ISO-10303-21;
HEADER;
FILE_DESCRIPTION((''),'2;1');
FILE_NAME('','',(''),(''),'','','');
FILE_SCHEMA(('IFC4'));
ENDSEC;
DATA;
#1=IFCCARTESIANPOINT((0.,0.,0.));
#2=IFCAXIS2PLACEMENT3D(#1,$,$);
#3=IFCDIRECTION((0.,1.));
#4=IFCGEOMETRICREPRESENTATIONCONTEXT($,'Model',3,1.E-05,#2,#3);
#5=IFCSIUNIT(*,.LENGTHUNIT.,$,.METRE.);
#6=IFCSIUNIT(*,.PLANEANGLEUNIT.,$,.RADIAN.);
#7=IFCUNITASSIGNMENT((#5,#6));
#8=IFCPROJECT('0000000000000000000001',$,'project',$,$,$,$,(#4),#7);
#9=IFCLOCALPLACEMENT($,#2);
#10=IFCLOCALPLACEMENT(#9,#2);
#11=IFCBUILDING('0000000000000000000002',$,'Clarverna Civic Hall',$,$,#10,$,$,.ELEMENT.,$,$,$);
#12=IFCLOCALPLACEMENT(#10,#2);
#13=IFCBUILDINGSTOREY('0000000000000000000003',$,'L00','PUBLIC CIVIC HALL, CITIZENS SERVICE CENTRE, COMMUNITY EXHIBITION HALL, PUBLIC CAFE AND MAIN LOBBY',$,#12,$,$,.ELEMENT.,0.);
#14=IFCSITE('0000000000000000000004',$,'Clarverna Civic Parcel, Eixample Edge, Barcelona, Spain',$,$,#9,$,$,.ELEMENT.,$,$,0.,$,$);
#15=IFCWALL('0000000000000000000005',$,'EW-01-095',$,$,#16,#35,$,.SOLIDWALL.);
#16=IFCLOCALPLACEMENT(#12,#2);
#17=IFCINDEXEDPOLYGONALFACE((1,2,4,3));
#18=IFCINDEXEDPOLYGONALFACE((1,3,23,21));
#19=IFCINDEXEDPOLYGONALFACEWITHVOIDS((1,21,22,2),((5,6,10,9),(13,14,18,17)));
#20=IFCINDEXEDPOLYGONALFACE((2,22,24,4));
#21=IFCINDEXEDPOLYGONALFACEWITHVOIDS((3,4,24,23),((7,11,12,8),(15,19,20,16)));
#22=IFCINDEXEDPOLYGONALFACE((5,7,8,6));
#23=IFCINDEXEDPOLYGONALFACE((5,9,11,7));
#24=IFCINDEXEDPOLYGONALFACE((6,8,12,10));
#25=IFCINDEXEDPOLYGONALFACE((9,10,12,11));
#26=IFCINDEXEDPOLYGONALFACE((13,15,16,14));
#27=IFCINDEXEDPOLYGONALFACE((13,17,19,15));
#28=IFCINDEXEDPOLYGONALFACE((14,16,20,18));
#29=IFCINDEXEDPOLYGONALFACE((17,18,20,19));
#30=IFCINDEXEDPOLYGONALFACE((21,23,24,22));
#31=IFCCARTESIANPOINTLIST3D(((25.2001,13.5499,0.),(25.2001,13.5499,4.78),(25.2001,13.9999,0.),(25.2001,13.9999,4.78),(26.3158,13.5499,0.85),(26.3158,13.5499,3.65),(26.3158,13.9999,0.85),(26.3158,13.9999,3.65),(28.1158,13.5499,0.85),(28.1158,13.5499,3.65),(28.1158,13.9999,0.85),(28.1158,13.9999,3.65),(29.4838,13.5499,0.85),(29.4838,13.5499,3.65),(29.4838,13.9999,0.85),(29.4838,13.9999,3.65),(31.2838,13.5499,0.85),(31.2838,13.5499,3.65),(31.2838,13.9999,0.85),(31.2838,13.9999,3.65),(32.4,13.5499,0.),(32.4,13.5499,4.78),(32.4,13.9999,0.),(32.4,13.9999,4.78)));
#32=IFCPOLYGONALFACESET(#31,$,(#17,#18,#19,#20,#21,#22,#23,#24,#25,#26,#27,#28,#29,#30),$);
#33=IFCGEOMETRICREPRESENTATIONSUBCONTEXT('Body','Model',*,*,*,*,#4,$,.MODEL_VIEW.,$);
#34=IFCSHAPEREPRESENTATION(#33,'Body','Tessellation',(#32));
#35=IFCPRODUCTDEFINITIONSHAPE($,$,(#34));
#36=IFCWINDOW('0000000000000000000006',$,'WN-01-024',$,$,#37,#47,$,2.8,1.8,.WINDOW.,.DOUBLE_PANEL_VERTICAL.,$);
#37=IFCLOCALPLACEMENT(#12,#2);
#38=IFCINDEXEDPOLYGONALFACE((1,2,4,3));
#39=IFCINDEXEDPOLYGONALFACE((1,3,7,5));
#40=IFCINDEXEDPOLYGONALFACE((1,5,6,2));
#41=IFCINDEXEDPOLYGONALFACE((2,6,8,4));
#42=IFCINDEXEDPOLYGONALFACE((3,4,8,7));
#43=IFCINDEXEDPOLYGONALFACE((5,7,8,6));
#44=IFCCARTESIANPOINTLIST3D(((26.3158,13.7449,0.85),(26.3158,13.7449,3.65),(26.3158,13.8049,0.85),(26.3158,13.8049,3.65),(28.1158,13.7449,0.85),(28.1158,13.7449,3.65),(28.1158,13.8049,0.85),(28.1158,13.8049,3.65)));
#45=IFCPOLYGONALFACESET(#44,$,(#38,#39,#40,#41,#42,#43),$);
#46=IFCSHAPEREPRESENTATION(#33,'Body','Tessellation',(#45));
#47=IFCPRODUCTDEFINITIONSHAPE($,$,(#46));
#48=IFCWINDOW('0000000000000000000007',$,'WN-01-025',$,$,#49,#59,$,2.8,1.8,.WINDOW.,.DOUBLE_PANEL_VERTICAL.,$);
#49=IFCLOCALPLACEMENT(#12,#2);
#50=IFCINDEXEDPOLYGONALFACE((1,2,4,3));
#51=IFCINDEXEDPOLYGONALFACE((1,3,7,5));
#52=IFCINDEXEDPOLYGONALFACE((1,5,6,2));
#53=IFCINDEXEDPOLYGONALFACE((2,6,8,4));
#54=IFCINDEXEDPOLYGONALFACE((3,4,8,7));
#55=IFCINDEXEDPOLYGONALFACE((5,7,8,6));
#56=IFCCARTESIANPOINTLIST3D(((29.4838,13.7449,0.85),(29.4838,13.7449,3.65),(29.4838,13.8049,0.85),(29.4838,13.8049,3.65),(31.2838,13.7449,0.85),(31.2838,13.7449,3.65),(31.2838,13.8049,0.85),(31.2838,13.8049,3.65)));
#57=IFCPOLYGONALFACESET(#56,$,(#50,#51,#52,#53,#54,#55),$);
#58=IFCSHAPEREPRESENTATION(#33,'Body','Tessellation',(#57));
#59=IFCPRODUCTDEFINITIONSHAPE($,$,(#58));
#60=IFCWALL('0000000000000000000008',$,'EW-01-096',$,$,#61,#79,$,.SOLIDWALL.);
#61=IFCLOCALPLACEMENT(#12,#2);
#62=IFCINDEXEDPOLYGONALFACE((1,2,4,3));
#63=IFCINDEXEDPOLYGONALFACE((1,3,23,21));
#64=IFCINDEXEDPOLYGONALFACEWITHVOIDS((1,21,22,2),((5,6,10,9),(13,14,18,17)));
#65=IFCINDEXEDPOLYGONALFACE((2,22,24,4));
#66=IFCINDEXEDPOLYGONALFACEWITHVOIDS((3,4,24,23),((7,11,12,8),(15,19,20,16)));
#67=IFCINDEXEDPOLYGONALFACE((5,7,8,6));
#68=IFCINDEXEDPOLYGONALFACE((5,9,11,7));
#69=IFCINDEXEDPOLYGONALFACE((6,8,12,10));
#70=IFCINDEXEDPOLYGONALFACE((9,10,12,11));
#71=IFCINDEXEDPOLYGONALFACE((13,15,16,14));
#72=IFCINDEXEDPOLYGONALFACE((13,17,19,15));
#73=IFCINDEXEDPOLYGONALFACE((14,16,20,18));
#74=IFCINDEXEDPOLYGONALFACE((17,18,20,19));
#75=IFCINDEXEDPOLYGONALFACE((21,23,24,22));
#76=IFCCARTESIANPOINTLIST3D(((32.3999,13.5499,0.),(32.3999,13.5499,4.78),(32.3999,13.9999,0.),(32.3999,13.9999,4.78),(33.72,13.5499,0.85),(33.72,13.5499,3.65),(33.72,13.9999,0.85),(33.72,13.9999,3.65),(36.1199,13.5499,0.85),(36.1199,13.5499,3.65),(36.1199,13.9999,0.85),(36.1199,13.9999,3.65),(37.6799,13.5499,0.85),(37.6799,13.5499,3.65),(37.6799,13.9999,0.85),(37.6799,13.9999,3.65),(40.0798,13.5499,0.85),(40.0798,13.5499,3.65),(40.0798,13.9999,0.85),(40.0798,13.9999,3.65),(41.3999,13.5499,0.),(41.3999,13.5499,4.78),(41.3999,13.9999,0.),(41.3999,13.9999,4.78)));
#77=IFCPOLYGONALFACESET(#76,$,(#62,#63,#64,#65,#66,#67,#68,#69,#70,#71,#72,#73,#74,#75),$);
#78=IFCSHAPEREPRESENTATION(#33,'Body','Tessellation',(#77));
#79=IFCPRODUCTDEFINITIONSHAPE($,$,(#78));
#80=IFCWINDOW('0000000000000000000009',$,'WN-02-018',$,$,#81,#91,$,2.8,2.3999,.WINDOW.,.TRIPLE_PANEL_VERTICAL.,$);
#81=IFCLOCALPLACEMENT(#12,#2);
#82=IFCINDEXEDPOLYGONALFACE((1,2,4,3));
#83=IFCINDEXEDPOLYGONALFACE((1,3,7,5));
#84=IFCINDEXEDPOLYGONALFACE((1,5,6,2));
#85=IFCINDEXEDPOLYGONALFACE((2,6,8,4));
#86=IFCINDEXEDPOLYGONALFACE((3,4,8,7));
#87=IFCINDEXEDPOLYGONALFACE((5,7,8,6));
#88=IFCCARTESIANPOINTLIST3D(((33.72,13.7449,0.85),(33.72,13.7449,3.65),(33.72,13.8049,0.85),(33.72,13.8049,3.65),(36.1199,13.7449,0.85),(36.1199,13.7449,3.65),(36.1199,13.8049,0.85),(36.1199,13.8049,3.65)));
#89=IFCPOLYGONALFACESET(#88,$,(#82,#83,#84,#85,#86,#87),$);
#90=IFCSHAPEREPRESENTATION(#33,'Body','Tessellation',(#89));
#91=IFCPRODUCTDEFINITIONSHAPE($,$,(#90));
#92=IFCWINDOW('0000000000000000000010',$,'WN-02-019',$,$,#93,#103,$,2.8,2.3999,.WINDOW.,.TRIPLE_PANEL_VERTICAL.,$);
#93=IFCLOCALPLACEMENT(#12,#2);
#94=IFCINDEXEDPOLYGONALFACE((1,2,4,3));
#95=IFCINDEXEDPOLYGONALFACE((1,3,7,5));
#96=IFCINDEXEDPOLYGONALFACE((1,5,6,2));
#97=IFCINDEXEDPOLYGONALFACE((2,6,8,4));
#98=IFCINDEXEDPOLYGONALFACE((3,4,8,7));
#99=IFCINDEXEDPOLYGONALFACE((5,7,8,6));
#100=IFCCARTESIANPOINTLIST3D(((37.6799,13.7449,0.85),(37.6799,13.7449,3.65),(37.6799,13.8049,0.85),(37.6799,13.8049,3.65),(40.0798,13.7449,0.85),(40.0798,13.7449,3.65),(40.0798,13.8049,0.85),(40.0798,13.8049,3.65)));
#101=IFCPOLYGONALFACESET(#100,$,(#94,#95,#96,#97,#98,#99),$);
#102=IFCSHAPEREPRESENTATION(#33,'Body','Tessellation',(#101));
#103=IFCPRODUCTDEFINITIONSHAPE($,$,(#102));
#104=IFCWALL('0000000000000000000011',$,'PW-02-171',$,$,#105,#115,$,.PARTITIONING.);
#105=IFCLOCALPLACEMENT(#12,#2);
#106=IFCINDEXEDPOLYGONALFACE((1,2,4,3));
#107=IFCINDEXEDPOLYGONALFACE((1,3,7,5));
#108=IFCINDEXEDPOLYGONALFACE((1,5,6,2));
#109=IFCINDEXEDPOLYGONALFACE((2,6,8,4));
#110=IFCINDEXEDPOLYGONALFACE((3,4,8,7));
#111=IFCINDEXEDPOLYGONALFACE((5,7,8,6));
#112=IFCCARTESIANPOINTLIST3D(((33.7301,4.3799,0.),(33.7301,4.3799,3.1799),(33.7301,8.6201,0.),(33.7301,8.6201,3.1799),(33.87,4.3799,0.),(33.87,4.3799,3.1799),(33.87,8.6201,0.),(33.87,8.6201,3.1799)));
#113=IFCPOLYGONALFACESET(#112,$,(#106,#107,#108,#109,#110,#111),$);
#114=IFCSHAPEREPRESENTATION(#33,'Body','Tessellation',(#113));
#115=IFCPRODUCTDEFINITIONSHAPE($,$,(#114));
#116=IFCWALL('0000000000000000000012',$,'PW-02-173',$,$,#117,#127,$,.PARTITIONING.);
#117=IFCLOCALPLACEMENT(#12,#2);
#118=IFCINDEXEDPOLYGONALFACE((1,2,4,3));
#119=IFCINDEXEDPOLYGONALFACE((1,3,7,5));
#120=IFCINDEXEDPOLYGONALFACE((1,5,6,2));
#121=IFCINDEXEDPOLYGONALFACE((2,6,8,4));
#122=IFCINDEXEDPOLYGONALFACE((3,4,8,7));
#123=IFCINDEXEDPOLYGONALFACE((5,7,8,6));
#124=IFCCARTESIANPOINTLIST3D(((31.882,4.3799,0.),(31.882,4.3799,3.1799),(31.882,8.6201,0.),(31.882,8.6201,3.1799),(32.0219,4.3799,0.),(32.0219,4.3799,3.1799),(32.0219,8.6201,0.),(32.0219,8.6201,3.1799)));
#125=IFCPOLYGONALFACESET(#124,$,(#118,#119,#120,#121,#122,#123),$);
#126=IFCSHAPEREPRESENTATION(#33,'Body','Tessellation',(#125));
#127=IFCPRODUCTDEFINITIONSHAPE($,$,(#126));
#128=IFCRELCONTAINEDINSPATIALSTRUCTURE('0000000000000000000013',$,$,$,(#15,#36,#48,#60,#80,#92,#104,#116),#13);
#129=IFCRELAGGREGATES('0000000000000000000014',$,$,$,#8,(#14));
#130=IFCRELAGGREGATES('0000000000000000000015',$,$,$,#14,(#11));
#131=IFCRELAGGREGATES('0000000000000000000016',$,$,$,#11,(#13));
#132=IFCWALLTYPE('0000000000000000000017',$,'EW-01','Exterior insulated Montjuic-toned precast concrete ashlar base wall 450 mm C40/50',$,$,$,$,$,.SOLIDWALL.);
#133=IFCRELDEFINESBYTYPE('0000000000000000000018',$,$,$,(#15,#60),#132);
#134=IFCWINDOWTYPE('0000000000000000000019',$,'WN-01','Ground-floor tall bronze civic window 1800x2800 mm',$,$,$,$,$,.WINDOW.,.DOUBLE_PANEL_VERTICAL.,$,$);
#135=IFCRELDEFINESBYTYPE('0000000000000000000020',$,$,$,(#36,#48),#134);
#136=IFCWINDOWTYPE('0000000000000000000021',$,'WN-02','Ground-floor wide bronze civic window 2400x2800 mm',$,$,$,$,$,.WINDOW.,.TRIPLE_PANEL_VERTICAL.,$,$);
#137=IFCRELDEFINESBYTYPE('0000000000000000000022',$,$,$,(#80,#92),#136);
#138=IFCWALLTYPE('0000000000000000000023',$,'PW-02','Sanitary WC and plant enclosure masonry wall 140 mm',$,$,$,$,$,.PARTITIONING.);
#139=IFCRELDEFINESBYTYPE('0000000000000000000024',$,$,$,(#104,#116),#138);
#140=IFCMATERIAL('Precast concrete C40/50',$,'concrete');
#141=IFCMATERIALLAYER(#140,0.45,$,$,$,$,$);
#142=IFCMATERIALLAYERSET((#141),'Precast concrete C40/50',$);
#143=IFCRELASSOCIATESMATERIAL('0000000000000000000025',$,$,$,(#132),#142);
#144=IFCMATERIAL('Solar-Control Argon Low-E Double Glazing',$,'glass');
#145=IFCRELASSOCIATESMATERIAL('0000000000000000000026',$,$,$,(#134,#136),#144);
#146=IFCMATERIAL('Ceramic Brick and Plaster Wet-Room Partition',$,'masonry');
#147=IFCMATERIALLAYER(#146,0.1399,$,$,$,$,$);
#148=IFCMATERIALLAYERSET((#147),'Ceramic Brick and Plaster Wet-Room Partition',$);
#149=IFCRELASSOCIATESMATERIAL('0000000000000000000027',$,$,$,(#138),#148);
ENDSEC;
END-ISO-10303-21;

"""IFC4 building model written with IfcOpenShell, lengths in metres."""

from ifc_helpers import new_model, si_unit, direction, frame, frame_2d, origin, place, context, subcontext, project, spatial, rectangle, extrude, material, layer, layer_set, type_object, element, fill, save


model = new_model("IFC4")

# Units and contexts
model_context = context("Model", 3, precision=1e-05, world=origin(), true_north=direction((0.0, 1.0)))
body_context = subcontext(model_context, "Body", "Model", "MODEL_VIEW")
ifc_project = project(units=[si_unit("LENGTHUNIT", "METRE"), si_unit("PLANEANGLEUNIT", "RADIAN")], contexts=[model_context])

# Site, building, storey
site_placement = place(None, origin())
site = spatial("IfcSite", under=ifc_project, at=site_placement, Name="Clarverna Civic Parcel, Eixample Edge, Barcelona, Spain", CompositionType="ELEMENT", RefElevation=0.0)
building_placement = place(site_placement, origin())
building = spatial("IfcBuilding", under=site, at=building_placement, Name="Clarverna Civic Hall", CompositionType="ELEMENT")
storey_placement = place(building_placement, origin())
storey = spatial("IfcBuildingStorey", under=building, at=storey_placement, Name="L00", Description="PUBLIC CIVIC HALL, CITIZENS SERVICE CENTRE, COMMUNITY EXHIBITION HALL, PUBLIC CAFE AND MAIN LOBBY", CompositionType="ELEMENT", Elevation=0.0)

# Walls, openings, windows
ifc_material_1 = material(Name="Precast concrete C40/50", Category="concrete")
ifc_layer_1 = layer(ifc_material_1, 0.45)
ifc_layer_set_1 = layer_set([ifc_layer_1], Name="Precast concrete C40/50")
wall_type_1 = type_object("IfcWallType", Name="EW-01", Description="Exterior insulated Montjuic-toned precast concrete ashlar base wall 450 mm C40/50", PredefinedType="SOLIDWALL", material=ifc_layer_set_1)
wall_1_placement = place(storey_placement, frame((25.2, 13.7749, 0.0), z_axis=(0.0, 0.0, 1.0), x_axis=(1.0, 0.0, 0.0)))
wall_1 = element("IfcWall", 1, at=wall_1_placement, inside=storey, type_object=wall_type_1, Name="EW-01-095", PredefinedType="SOLIDWALL", context=body_context, shape_type="SweptSolid", body=[
    extrude(rectangle(XDim=7.2, YDim=0.45, at=frame_2d((3.6001, 0.0))), origin(), (0.0, 0.0, 1.0), 4.78),
])
opening_1_placement = place(wall_1_placement, frame((1.116, 0.0, 0.8501)))
opening_1 = element("IfcOpeningElement", 2, at=opening_1_placement, cuts=wall_1, PredefinedType="OPENING", context=body_context, shape_type="SweptSolid", body=[
    extrude(rectangle(XDim=1.8, YDim=2.8, at=frame_2d((0.8999, 1.3999))), frame((0.0, 0.2349, 0.0), z_axis=(0.0, -1.0, 0.0), x_axis=(1.0, 0.0, 0.0)), (0.0, 0.0, 1.0), 0.47),
])
opening_2_placement = place(wall_1_placement, frame((4.2839, 0.0, 0.8501)))
opening_2 = element("IfcOpeningElement", 3, at=opening_2_placement, cuts=wall_1, PredefinedType="OPENING", context=body_context, shape_type="SweptSolid", body=[
    extrude(rectangle(XDim=1.8, YDim=2.8, at=frame_2d((0.8999, 1.3999))), frame((0.0, 0.2349, 0.0), z_axis=(0.0, -1.0, 0.0), x_axis=(1.0, 0.0, 0.0)), (0.0, 0.0, 1.0), 0.47),
])
ifc_material_2 = material(Name="Solar-Control Argon Low-E Double Glazing", Category="glass")
window_type_1 = type_object("IfcWindowType", Name="WN-01", Description="Ground-floor tall bronze civic window 1800x2800 mm", PartitioningType="DOUBLE_PANEL_VERTICAL", PredefinedType="WINDOW", material=ifc_material_2)
window_1_placement = place(opening_1_placement, origin())
window_1 = element("IfcWindow", 4, at=window_1_placement, inside=storey, type_object=window_type_1, Name="WN-01-024", OverallHeight=2.8, OverallWidth=1.8, PartitioningType="DOUBLE_PANEL_VERTICAL", PredefinedType="WINDOW", context=body_context, shape_type="SweptSolid", body=[
    extrude(rectangle(XDim=1.8, YDim=2.8, at=frame_2d((0.8999, 1.3999))), frame((0.0, 0.03, 0.0), z_axis=(0.0, -1.0, 0.0), x_axis=(1.0, 0.0, 0.0)), (0.0, 0.0, 1.0), 0.0601),
])
fill(opening_1, window_1)
window_2_placement = place(opening_2_placement, origin())
window_2 = element("IfcWindow", 5, at=window_2_placement, inside=storey, type_object=window_type_1, Name="WN-01-025", OverallHeight=2.8, OverallWidth=1.8, PartitioningType="DOUBLE_PANEL_VERTICAL", PredefinedType="WINDOW", context=body_context, shape_type="SweptSolid", body=[
    extrude(rectangle(XDim=1.8, YDim=2.8, at=frame_2d((0.8999, 1.3999))), frame((0.0, 0.03, 0.0), z_axis=(0.0, -1.0, 0.0), x_axis=(1.0, 0.0, 0.0)), (0.0, 0.0, 1.0), 0.0601),
])
fill(opening_2, window_2)
wall_2_placement = place(storey_placement, frame((32.3999, 13.7749, 0.0), z_axis=(0.0, 0.0, 1.0), x_axis=(1.0, 0.0, 0.0)))
wall_2 = element("IfcWall", 6, at=wall_2_placement, inside=storey, type_object=wall_type_1, Name="EW-01-096", PredefinedType="SOLIDWALL", context=body_context, shape_type="SweptSolid", body=[
    extrude(rectangle(XDim=9.0, YDim=0.45, at=frame_2d((4.5, 0.0))), origin(), (0.0, 0.0, 1.0), 4.78),
])
opening_3_placement = place(wall_2_placement, frame((1.3201, 0.0, 0.8501)))
opening_3 = element("IfcOpeningElement", 7, at=opening_3_placement, cuts=wall_2, PredefinedType="OPENING", context=body_context, shape_type="SweptSolid", body=[
    extrude(rectangle(XDim=2.3999, YDim=2.8, at=frame_2d((1.2, 1.3999))), frame((0.0, 0.2349, 0.0), z_axis=(0.0, -1.0, 0.0), x_axis=(1.0, 0.0, 0.0)), (0.0, 0.0, 1.0), 0.47),
])
opening_4_placement = place(wall_2_placement, frame((5.28, 0.0, 0.8501)))
opening_4 = element("IfcOpeningElement", 8, at=opening_4_placement, cuts=wall_2, PredefinedType="OPENING", context=body_context, shape_type="SweptSolid", body=[
    extrude(rectangle(XDim=2.3999, YDim=2.8, at=frame_2d((1.2, 1.3999))), frame((0.0, 0.2349, 0.0), z_axis=(0.0, -1.0, 0.0), x_axis=(1.0, 0.0, 0.0)), (0.0, 0.0, 1.0), 0.47),
])
window_type_2 = type_object("IfcWindowType", Name="WN-02", Description="Ground-floor wide bronze civic window 2400x2800 mm", PartitioningType="TRIPLE_PANEL_VERTICAL", PredefinedType="WINDOW", material=ifc_material_2)
window_3_placement = place(opening_3_placement, origin())
window_3 = element("IfcWindow", 9, at=window_3_placement, inside=storey, type_object=window_type_2, Name="WN-02-018", OverallHeight=2.8, OverallWidth=2.3999, PartitioningType="TRIPLE_PANEL_VERTICAL", PredefinedType="WINDOW", context=body_context, shape_type="SweptSolid", body=[
    extrude(rectangle(XDim=2.3999, YDim=2.8, at=frame_2d((1.2, 1.3999))), frame((0.0, 0.03, 0.0), z_axis=(0.0, -1.0, 0.0), x_axis=(1.0, 0.0, 0.0)), (0.0, 0.0, 1.0), 0.0601),
])
fill(opening_3, window_3)
window_4_placement = place(opening_4_placement, origin())
window_4 = element("IfcWindow", 10, at=window_4_placement, inside=storey, type_object=window_type_2, Name="WN-02-019", OverallHeight=2.8, OverallWidth=2.3999, PartitioningType="TRIPLE_PANEL_VERTICAL", PredefinedType="WINDOW", context=body_context, shape_type="SweptSolid", body=[
    extrude(rectangle(XDim=2.3999, YDim=2.8, at=frame_2d((1.2, 1.3999))), frame((0.0, 0.03, 0.0), z_axis=(0.0, -1.0, 0.0), x_axis=(1.0, 0.0, 0.0)), (0.0, 0.0, 1.0), 0.0601),
])
fill(opening_4, window_4)

# Walls
ifc_material_3 = material(Name="Ceramic Brick and Plaster Wet-Room Partition", Category="masonry")
ifc_layer_2 = layer(ifc_material_3, 0.1399)
ifc_layer_set_2 = layer_set([ifc_layer_2], Name="Ceramic Brick and Plaster Wet-Room Partition")
wall_type_2 = type_object("IfcWallType", Name="PW-02", Description="Sanitary WC and plant enclosure masonry wall 140 mm", PredefinedType="PARTITIONING", material=ifc_layer_set_2)
for number, where, z_axis, x_axis, name in (
    (11, (33.8, 4.3799, 0.0), (0.0, 0.0, 1.0), (0.0, 1.0, 0.0), "PW-02-171"),
    (12, (31.9519, 4.3799, 0.0), (0.0, 0.0, 1.0), (0.0, 1.0, 0.0), "PW-02-173"),
):
    element("IfcWall", number, at=place(storey_placement, frame(where, z_axis=z_axis, x_axis=x_axis)), inside=storey, type_object=wall_type_2, Name=name, PredefinedType="PARTITIONING", context=body_context, shape_type="SweptSolid", body=[
        extrude(rectangle(XDim=4.2402, YDim=0.1399, at=frame_2d((2.1201, 0.0))), origin(), (0.0, 0.0, 1.0), 3.1799),
    ])

save(model, "model.ifc")
